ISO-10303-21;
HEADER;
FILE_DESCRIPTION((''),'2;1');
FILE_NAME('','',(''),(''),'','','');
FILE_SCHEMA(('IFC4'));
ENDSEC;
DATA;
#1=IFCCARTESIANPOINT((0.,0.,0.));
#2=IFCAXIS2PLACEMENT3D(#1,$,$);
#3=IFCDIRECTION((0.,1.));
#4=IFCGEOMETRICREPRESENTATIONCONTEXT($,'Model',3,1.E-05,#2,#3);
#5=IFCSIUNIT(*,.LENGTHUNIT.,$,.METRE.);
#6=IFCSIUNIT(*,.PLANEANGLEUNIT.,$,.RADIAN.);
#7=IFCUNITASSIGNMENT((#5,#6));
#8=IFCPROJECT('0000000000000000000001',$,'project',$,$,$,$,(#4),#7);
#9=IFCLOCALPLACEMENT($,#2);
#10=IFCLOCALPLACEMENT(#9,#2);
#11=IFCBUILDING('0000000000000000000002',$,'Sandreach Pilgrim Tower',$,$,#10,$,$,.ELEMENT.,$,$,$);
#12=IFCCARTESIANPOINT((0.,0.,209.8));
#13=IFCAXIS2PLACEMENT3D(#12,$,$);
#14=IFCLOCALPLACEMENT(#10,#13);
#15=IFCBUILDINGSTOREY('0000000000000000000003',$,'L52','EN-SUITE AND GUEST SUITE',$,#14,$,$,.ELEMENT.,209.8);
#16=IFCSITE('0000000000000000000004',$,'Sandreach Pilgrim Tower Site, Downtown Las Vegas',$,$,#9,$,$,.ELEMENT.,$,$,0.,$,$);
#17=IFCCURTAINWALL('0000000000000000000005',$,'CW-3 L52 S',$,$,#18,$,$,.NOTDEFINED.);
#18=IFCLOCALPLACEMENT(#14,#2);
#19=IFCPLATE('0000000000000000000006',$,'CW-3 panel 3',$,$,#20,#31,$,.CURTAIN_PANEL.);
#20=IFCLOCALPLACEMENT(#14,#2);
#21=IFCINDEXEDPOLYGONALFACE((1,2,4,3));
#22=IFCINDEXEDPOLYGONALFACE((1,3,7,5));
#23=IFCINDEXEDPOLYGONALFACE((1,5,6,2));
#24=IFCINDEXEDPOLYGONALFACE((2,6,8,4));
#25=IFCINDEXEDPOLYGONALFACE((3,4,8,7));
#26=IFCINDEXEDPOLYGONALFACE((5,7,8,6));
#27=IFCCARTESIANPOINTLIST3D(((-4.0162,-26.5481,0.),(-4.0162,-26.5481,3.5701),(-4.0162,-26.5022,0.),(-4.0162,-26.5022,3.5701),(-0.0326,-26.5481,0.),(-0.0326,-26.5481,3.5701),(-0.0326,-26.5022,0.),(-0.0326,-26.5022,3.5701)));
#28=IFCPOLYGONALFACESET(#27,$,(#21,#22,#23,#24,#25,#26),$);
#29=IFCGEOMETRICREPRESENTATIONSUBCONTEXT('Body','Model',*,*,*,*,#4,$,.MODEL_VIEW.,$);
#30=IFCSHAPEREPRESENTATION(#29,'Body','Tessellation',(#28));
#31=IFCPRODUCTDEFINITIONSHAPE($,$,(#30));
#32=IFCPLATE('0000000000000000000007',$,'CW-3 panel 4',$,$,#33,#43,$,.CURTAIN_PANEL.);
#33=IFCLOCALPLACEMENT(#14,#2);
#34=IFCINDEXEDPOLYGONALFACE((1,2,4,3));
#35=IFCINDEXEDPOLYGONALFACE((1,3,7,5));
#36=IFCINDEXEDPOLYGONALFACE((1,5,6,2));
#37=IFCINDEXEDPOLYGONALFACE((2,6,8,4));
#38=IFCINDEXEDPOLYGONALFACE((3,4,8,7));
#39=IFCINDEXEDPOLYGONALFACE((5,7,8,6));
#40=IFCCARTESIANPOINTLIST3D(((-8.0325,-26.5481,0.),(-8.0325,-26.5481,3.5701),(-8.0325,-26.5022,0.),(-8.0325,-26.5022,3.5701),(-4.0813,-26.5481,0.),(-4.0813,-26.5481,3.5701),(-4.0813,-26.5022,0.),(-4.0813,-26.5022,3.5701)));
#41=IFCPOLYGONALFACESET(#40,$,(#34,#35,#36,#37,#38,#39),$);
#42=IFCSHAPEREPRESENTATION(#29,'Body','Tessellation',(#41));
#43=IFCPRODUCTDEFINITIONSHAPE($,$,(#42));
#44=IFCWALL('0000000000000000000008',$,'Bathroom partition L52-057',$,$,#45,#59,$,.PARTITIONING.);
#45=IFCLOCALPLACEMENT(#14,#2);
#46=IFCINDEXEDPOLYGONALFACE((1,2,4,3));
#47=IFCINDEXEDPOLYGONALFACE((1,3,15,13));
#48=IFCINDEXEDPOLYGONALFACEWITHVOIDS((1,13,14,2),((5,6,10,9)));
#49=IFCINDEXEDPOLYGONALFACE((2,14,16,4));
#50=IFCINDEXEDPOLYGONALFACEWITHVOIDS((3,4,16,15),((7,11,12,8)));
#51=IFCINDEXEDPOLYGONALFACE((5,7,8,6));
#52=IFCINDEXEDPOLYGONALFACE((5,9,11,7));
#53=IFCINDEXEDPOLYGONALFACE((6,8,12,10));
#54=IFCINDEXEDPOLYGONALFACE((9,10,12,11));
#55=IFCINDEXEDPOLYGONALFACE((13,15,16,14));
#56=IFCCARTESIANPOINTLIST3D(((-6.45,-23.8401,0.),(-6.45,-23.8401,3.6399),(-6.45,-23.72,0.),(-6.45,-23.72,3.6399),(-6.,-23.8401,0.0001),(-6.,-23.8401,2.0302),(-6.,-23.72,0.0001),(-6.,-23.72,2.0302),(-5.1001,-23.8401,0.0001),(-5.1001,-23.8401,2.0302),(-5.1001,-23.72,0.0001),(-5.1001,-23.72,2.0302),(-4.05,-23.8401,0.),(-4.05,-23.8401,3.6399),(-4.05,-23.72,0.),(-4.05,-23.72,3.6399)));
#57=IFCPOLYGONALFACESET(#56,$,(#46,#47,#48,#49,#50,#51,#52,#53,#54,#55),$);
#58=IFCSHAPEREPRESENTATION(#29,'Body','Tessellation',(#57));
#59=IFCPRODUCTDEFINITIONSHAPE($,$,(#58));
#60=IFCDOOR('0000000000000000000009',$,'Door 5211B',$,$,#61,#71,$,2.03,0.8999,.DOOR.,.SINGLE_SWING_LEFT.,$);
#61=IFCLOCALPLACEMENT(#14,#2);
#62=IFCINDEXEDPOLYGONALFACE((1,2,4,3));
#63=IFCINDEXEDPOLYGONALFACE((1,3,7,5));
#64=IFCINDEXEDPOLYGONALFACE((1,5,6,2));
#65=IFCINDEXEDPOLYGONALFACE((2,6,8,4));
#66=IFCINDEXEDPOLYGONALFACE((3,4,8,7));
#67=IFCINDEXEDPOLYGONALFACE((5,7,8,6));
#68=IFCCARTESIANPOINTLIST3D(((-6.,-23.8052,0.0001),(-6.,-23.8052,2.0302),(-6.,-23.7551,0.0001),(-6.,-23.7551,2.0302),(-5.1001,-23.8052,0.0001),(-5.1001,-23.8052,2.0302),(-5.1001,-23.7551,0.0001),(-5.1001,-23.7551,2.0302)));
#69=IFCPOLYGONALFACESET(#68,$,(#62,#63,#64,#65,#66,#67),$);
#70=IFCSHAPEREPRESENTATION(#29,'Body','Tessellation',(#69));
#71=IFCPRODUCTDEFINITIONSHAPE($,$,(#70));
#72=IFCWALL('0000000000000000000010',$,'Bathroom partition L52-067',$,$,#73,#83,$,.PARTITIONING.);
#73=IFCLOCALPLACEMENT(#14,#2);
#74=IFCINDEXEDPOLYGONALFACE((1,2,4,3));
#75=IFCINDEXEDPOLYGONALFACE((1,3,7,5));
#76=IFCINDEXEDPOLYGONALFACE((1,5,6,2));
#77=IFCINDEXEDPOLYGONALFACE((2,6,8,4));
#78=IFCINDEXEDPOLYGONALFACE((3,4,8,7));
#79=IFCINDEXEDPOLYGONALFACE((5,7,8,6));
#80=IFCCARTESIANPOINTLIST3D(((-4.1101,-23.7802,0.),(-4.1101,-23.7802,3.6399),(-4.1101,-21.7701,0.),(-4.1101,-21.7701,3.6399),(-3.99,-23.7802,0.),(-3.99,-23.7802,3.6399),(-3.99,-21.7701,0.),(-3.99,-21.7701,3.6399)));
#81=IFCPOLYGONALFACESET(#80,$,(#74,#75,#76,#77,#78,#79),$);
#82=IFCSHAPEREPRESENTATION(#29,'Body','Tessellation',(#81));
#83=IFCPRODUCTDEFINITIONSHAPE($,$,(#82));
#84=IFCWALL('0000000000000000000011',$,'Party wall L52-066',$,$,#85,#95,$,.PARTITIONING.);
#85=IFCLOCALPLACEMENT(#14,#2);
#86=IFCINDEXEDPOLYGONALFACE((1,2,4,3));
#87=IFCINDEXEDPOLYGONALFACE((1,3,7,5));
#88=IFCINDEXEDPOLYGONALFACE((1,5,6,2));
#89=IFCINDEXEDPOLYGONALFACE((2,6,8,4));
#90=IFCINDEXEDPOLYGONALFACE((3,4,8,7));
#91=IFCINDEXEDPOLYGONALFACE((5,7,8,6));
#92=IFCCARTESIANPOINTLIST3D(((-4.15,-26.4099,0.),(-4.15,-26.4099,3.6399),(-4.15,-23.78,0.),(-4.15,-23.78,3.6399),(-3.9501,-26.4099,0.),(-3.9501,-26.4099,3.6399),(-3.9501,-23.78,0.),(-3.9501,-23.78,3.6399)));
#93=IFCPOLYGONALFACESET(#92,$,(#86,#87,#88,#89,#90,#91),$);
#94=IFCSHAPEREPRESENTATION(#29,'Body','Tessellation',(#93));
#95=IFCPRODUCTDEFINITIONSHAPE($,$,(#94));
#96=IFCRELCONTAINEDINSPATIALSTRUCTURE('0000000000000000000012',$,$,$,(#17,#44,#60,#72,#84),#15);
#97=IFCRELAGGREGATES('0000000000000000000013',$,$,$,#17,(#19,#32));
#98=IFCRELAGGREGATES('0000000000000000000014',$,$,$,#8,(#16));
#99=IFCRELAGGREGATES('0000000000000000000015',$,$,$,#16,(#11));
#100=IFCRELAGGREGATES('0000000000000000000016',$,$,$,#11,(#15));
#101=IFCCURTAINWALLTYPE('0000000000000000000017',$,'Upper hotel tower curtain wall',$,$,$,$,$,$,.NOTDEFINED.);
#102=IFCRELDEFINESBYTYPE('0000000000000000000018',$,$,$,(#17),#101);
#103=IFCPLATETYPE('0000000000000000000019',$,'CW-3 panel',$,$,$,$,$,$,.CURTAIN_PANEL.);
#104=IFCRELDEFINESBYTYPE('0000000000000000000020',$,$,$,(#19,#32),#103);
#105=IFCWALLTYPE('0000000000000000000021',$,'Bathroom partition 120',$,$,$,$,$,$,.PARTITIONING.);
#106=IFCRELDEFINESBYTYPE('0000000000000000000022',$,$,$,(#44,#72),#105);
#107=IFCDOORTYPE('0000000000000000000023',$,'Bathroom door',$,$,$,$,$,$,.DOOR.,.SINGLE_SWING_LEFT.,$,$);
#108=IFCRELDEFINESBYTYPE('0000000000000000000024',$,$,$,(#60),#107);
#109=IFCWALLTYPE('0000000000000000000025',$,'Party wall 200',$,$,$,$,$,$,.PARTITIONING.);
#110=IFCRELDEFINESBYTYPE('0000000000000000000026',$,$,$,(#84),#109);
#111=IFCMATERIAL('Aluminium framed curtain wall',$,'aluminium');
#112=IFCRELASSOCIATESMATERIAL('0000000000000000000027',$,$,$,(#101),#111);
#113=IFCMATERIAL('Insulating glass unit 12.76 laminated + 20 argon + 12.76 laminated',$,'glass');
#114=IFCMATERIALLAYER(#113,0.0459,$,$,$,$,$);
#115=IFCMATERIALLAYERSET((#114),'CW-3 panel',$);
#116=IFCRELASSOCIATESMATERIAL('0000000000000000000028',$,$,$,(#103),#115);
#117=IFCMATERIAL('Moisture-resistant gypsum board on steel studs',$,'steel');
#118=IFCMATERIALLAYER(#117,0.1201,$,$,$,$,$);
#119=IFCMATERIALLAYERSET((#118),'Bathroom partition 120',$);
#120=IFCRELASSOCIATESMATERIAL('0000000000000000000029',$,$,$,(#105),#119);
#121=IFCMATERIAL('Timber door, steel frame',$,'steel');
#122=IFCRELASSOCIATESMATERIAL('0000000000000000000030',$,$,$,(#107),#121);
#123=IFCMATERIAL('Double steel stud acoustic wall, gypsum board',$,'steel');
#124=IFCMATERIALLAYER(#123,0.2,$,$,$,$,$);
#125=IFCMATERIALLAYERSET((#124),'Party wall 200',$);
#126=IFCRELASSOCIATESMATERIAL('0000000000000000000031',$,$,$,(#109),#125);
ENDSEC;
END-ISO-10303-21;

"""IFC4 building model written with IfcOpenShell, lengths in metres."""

from ifc_helpers import new_model, si_unit, direction, frame, frame_2d, origin, origin_2d, place, context, subcontext, project, spatial, rectangle, extrude, material, layer, layer_set, type_object, element, fill, aggregate, save


model = new_model("IFC4")

# Units and contexts
model_context = context("Model", 3, precision=1e-05, world=origin(), true_north=direction((0.0, 1.0)))
body_context = subcontext(model_context, "Body", "Model", "MODEL_VIEW")
ifc_project = project(units=[si_unit("LENGTHUNIT", "METRE"), si_unit("PLANEANGLEUNIT", "RADIAN")], contexts=[model_context])

# Site, building, storey
site_placement = place(None, origin())
site = spatial("IfcSite", under=ifc_project, at=site_placement, Name="Sandreach Pilgrim Tower Site, Downtown Las Vegas", CompositionType="ELEMENT", RefElevation=0.0)
building_placement = place(site_placement, origin())
building = spatial("IfcBuilding", under=site, at=building_placement, Name="Sandreach Pilgrim Tower", CompositionType="ELEMENT")
storey_placement = place(building_placement, frame((0.0, 0.0, 209.8)))
storey = spatial("IfcBuildingStorey", under=building, at=storey_placement, Name="L52", Description="EN-SUITE AND GUEST SUITE", CompositionType="ELEMENT", Elevation=209.8)

# Curtain wall
ifc_material_1 = material(Name="Aluminium framed curtain wall", Category="aluminium")
curtain_wall_type = type_object("IfcCurtainWallType", Name="Upper hotel tower curtain wall", PredefinedType="NOTDEFINED", material=ifc_material_1)
curtain_wall_placement = place(storey_placement, origin())
curtain_wall = element("IfcCurtainWall", 1, at=curtain_wall_placement, inside=storey, type_object=curtain_wall_type, Name="CW-3 L52 S", PredefinedType="NOTDEFINED")

# Plates
ifc_material_2 = material(Name="Insulating glass unit 12.76 laminated + 20 argon + 12.76 laminated", Category="glass")
ifc_layer_1 = layer(ifc_material_2, 0.0459)
ifc_layer_set_1 = layer_set([ifc_layer_1], Name="CW-3 panel")
plate_type = type_object("IfcPlateType", Name="CW-3 panel", PredefinedType="CURTAIN_PANEL", material=ifc_layer_set_1)
plate_1_placement = place(storey_placement, frame((-2.0244, -26.5251, 0.0), z_axis=(0.0, 0.0, 1.0), x_axis=(-1.0, 0.0, 0.0)))
plate_1 = element("IfcPlate", 2, at=plate_1_placement, type_object=plate_type, Name="CW-3 panel 3", PredefinedType="CURTAIN_PANEL", context=body_context, shape_type="SweptSolid", body=[
    extrude(rectangle(XDim=3.9836, YDim=0.0459, at=origin_2d()), origin(), (0.0, 0.0, 1.0), 3.5701),
])
plate_2_placement = place(storey_placement, frame((-6.0569, -26.5251, 0.0), z_axis=(0.0, 0.0, 1.0), x_axis=(-1.0, 0.0, 0.0)))
plate_2 = element("IfcPlate", 3, at=plate_2_placement, type_object=plate_type, Name="CW-3 panel 4", PredefinedType="CURTAIN_PANEL", context=body_context, shape_type="SweptSolid", body=[
    extrude(rectangle(XDim=3.9512, YDim=0.0459, at=origin_2d()), origin(), (0.0, 0.0, 1.0), 3.5701),
])
aggregate(curtain_wall, [plate_1, plate_2])

# Wall, opening, door
ifc_material_3 = material(Name="Moisture-resistant gypsum board on steel studs", Category="steel")
ifc_layer_2 = layer(ifc_material_3, 0.1201)
ifc_layer_set_2 = layer_set([ifc_layer_2], Name="Bathroom partition 120")
wall_type_1 = type_object("IfcWallType", Name="Bathroom partition 120", PredefinedType="PARTITIONING", material=ifc_layer_set_2)
wall_1_placement = place(storey_placement, frame((-6.45, -23.78, 0.0), z_axis=(0.0, 0.0, 1.0), x_axis=(1.0, 0.0, 0.0)))
wall_1 = element("IfcWall", 4, at=wall_1_placement, inside=storey, type_object=wall_type_1, Name="Bathroom partition L52-057", PredefinedType="PARTITIONING", context=body_context, shape_type="SweptSolid", body=[
    extrude(rectangle(XDim=2.3999, YDim=0.1201, at=frame_2d((1.2, 0.0))), origin(), (0.0, 0.0, 1.0), 3.6399),
])
opening_placement = place(wall_1_placement, frame((0.45, 0.0, 0.0)))
opening = element("IfcOpeningElement", 5, at=opening_placement, cuts=wall_1, PredefinedType="OPENING", context=body_context, shape_type="SweptSolid", body=[
    extrude(rectangle(XDim=0.8999, YDim=2.03, at=frame_2d((0.45, 1.0151))), frame((0.0, 0.0601, 0.0), z_axis=(0.0, -1.0, 0.0), x_axis=(1.0, 0.0, 0.0)), (0.0, 0.0, 1.0), 0.1201),
])
ifc_material_4 = material(Name="Timber door, steel frame", Category="steel")
door_type = type_object("IfcDoorType", Name="Bathroom door", OperationType="SINGLE_SWING_LEFT", PredefinedType="DOOR", material=ifc_material_4)
door_placement = place(opening_placement, origin())
door = element("IfcDoor", 6, at=door_placement, inside=storey, type_object=door_type, Name="Door 5211B", OperationType="SINGLE_SWING_LEFT", OverallHeight=2.03, OverallWidth=0.8999, PredefinedType="DOOR", context=body_context, shape_type="SweptSolid", body=[
    extrude(rectangle(XDim=0.8999, YDim=2.03, at=frame_2d((0.45, 1.0151))), frame((0.0, 0.0249, 0.0), z_axis=(0.0, -1.0, 0.0), x_axis=(1.0, 0.0, 0.0)), (0.0, 0.0, 1.0), 0.05),
])
fill(opening, door)

# Walls
wall_2_placement = place(storey_placement, frame((-4.05, -23.78, 0.0), z_axis=(0.0, 0.0, 1.0), x_axis=(0.0, 1.0, 0.0)))
element("IfcWall", 7, at=wall_2_placement, inside=storey, type_object=wall_type_1, Name="Bathroom partition L52-067", PredefinedType="PARTITIONING", context=body_context, shape_type="SweptSolid", body=[
    extrude(rectangle(XDim=2.01, YDim=0.1201, at=frame_2d((1.0049, 0.0))), origin(), (0.0, 0.0, 1.0), 3.6399),
])
ifc_material_5 = material(Name="Double steel stud acoustic wall, gypsum board", Category="steel")
ifc_layer_3 = layer(ifc_material_5, 0.2)
ifc_layer_set_3 = layer_set([ifc_layer_3], Name="Party wall 200")
wall_type_2 = type_object("IfcWallType", Name="Party wall 200", PredefinedType="PARTITIONING", material=ifc_layer_set_3)
wall_3_placement = place(storey_placement, frame((-4.05, -26.4099, 0.0), z_axis=(0.0, 0.0, 1.0), x_axis=(0.0, 1.0, 0.0)))
element("IfcWall", 8, at=wall_3_placement, inside=storey, type_object=wall_type_2, Name="Party wall L52-066", PredefinedType="PARTITIONING", context=body_context, shape_type="SweptSolid", body=[
    extrude(rectangle(XDim=2.6299, YDim=0.2, at=frame_2d((1.3149, 0.0))), origin(), (0.0, 0.0, 1.0), 3.6399),
])

save(model, "model.ifc")
